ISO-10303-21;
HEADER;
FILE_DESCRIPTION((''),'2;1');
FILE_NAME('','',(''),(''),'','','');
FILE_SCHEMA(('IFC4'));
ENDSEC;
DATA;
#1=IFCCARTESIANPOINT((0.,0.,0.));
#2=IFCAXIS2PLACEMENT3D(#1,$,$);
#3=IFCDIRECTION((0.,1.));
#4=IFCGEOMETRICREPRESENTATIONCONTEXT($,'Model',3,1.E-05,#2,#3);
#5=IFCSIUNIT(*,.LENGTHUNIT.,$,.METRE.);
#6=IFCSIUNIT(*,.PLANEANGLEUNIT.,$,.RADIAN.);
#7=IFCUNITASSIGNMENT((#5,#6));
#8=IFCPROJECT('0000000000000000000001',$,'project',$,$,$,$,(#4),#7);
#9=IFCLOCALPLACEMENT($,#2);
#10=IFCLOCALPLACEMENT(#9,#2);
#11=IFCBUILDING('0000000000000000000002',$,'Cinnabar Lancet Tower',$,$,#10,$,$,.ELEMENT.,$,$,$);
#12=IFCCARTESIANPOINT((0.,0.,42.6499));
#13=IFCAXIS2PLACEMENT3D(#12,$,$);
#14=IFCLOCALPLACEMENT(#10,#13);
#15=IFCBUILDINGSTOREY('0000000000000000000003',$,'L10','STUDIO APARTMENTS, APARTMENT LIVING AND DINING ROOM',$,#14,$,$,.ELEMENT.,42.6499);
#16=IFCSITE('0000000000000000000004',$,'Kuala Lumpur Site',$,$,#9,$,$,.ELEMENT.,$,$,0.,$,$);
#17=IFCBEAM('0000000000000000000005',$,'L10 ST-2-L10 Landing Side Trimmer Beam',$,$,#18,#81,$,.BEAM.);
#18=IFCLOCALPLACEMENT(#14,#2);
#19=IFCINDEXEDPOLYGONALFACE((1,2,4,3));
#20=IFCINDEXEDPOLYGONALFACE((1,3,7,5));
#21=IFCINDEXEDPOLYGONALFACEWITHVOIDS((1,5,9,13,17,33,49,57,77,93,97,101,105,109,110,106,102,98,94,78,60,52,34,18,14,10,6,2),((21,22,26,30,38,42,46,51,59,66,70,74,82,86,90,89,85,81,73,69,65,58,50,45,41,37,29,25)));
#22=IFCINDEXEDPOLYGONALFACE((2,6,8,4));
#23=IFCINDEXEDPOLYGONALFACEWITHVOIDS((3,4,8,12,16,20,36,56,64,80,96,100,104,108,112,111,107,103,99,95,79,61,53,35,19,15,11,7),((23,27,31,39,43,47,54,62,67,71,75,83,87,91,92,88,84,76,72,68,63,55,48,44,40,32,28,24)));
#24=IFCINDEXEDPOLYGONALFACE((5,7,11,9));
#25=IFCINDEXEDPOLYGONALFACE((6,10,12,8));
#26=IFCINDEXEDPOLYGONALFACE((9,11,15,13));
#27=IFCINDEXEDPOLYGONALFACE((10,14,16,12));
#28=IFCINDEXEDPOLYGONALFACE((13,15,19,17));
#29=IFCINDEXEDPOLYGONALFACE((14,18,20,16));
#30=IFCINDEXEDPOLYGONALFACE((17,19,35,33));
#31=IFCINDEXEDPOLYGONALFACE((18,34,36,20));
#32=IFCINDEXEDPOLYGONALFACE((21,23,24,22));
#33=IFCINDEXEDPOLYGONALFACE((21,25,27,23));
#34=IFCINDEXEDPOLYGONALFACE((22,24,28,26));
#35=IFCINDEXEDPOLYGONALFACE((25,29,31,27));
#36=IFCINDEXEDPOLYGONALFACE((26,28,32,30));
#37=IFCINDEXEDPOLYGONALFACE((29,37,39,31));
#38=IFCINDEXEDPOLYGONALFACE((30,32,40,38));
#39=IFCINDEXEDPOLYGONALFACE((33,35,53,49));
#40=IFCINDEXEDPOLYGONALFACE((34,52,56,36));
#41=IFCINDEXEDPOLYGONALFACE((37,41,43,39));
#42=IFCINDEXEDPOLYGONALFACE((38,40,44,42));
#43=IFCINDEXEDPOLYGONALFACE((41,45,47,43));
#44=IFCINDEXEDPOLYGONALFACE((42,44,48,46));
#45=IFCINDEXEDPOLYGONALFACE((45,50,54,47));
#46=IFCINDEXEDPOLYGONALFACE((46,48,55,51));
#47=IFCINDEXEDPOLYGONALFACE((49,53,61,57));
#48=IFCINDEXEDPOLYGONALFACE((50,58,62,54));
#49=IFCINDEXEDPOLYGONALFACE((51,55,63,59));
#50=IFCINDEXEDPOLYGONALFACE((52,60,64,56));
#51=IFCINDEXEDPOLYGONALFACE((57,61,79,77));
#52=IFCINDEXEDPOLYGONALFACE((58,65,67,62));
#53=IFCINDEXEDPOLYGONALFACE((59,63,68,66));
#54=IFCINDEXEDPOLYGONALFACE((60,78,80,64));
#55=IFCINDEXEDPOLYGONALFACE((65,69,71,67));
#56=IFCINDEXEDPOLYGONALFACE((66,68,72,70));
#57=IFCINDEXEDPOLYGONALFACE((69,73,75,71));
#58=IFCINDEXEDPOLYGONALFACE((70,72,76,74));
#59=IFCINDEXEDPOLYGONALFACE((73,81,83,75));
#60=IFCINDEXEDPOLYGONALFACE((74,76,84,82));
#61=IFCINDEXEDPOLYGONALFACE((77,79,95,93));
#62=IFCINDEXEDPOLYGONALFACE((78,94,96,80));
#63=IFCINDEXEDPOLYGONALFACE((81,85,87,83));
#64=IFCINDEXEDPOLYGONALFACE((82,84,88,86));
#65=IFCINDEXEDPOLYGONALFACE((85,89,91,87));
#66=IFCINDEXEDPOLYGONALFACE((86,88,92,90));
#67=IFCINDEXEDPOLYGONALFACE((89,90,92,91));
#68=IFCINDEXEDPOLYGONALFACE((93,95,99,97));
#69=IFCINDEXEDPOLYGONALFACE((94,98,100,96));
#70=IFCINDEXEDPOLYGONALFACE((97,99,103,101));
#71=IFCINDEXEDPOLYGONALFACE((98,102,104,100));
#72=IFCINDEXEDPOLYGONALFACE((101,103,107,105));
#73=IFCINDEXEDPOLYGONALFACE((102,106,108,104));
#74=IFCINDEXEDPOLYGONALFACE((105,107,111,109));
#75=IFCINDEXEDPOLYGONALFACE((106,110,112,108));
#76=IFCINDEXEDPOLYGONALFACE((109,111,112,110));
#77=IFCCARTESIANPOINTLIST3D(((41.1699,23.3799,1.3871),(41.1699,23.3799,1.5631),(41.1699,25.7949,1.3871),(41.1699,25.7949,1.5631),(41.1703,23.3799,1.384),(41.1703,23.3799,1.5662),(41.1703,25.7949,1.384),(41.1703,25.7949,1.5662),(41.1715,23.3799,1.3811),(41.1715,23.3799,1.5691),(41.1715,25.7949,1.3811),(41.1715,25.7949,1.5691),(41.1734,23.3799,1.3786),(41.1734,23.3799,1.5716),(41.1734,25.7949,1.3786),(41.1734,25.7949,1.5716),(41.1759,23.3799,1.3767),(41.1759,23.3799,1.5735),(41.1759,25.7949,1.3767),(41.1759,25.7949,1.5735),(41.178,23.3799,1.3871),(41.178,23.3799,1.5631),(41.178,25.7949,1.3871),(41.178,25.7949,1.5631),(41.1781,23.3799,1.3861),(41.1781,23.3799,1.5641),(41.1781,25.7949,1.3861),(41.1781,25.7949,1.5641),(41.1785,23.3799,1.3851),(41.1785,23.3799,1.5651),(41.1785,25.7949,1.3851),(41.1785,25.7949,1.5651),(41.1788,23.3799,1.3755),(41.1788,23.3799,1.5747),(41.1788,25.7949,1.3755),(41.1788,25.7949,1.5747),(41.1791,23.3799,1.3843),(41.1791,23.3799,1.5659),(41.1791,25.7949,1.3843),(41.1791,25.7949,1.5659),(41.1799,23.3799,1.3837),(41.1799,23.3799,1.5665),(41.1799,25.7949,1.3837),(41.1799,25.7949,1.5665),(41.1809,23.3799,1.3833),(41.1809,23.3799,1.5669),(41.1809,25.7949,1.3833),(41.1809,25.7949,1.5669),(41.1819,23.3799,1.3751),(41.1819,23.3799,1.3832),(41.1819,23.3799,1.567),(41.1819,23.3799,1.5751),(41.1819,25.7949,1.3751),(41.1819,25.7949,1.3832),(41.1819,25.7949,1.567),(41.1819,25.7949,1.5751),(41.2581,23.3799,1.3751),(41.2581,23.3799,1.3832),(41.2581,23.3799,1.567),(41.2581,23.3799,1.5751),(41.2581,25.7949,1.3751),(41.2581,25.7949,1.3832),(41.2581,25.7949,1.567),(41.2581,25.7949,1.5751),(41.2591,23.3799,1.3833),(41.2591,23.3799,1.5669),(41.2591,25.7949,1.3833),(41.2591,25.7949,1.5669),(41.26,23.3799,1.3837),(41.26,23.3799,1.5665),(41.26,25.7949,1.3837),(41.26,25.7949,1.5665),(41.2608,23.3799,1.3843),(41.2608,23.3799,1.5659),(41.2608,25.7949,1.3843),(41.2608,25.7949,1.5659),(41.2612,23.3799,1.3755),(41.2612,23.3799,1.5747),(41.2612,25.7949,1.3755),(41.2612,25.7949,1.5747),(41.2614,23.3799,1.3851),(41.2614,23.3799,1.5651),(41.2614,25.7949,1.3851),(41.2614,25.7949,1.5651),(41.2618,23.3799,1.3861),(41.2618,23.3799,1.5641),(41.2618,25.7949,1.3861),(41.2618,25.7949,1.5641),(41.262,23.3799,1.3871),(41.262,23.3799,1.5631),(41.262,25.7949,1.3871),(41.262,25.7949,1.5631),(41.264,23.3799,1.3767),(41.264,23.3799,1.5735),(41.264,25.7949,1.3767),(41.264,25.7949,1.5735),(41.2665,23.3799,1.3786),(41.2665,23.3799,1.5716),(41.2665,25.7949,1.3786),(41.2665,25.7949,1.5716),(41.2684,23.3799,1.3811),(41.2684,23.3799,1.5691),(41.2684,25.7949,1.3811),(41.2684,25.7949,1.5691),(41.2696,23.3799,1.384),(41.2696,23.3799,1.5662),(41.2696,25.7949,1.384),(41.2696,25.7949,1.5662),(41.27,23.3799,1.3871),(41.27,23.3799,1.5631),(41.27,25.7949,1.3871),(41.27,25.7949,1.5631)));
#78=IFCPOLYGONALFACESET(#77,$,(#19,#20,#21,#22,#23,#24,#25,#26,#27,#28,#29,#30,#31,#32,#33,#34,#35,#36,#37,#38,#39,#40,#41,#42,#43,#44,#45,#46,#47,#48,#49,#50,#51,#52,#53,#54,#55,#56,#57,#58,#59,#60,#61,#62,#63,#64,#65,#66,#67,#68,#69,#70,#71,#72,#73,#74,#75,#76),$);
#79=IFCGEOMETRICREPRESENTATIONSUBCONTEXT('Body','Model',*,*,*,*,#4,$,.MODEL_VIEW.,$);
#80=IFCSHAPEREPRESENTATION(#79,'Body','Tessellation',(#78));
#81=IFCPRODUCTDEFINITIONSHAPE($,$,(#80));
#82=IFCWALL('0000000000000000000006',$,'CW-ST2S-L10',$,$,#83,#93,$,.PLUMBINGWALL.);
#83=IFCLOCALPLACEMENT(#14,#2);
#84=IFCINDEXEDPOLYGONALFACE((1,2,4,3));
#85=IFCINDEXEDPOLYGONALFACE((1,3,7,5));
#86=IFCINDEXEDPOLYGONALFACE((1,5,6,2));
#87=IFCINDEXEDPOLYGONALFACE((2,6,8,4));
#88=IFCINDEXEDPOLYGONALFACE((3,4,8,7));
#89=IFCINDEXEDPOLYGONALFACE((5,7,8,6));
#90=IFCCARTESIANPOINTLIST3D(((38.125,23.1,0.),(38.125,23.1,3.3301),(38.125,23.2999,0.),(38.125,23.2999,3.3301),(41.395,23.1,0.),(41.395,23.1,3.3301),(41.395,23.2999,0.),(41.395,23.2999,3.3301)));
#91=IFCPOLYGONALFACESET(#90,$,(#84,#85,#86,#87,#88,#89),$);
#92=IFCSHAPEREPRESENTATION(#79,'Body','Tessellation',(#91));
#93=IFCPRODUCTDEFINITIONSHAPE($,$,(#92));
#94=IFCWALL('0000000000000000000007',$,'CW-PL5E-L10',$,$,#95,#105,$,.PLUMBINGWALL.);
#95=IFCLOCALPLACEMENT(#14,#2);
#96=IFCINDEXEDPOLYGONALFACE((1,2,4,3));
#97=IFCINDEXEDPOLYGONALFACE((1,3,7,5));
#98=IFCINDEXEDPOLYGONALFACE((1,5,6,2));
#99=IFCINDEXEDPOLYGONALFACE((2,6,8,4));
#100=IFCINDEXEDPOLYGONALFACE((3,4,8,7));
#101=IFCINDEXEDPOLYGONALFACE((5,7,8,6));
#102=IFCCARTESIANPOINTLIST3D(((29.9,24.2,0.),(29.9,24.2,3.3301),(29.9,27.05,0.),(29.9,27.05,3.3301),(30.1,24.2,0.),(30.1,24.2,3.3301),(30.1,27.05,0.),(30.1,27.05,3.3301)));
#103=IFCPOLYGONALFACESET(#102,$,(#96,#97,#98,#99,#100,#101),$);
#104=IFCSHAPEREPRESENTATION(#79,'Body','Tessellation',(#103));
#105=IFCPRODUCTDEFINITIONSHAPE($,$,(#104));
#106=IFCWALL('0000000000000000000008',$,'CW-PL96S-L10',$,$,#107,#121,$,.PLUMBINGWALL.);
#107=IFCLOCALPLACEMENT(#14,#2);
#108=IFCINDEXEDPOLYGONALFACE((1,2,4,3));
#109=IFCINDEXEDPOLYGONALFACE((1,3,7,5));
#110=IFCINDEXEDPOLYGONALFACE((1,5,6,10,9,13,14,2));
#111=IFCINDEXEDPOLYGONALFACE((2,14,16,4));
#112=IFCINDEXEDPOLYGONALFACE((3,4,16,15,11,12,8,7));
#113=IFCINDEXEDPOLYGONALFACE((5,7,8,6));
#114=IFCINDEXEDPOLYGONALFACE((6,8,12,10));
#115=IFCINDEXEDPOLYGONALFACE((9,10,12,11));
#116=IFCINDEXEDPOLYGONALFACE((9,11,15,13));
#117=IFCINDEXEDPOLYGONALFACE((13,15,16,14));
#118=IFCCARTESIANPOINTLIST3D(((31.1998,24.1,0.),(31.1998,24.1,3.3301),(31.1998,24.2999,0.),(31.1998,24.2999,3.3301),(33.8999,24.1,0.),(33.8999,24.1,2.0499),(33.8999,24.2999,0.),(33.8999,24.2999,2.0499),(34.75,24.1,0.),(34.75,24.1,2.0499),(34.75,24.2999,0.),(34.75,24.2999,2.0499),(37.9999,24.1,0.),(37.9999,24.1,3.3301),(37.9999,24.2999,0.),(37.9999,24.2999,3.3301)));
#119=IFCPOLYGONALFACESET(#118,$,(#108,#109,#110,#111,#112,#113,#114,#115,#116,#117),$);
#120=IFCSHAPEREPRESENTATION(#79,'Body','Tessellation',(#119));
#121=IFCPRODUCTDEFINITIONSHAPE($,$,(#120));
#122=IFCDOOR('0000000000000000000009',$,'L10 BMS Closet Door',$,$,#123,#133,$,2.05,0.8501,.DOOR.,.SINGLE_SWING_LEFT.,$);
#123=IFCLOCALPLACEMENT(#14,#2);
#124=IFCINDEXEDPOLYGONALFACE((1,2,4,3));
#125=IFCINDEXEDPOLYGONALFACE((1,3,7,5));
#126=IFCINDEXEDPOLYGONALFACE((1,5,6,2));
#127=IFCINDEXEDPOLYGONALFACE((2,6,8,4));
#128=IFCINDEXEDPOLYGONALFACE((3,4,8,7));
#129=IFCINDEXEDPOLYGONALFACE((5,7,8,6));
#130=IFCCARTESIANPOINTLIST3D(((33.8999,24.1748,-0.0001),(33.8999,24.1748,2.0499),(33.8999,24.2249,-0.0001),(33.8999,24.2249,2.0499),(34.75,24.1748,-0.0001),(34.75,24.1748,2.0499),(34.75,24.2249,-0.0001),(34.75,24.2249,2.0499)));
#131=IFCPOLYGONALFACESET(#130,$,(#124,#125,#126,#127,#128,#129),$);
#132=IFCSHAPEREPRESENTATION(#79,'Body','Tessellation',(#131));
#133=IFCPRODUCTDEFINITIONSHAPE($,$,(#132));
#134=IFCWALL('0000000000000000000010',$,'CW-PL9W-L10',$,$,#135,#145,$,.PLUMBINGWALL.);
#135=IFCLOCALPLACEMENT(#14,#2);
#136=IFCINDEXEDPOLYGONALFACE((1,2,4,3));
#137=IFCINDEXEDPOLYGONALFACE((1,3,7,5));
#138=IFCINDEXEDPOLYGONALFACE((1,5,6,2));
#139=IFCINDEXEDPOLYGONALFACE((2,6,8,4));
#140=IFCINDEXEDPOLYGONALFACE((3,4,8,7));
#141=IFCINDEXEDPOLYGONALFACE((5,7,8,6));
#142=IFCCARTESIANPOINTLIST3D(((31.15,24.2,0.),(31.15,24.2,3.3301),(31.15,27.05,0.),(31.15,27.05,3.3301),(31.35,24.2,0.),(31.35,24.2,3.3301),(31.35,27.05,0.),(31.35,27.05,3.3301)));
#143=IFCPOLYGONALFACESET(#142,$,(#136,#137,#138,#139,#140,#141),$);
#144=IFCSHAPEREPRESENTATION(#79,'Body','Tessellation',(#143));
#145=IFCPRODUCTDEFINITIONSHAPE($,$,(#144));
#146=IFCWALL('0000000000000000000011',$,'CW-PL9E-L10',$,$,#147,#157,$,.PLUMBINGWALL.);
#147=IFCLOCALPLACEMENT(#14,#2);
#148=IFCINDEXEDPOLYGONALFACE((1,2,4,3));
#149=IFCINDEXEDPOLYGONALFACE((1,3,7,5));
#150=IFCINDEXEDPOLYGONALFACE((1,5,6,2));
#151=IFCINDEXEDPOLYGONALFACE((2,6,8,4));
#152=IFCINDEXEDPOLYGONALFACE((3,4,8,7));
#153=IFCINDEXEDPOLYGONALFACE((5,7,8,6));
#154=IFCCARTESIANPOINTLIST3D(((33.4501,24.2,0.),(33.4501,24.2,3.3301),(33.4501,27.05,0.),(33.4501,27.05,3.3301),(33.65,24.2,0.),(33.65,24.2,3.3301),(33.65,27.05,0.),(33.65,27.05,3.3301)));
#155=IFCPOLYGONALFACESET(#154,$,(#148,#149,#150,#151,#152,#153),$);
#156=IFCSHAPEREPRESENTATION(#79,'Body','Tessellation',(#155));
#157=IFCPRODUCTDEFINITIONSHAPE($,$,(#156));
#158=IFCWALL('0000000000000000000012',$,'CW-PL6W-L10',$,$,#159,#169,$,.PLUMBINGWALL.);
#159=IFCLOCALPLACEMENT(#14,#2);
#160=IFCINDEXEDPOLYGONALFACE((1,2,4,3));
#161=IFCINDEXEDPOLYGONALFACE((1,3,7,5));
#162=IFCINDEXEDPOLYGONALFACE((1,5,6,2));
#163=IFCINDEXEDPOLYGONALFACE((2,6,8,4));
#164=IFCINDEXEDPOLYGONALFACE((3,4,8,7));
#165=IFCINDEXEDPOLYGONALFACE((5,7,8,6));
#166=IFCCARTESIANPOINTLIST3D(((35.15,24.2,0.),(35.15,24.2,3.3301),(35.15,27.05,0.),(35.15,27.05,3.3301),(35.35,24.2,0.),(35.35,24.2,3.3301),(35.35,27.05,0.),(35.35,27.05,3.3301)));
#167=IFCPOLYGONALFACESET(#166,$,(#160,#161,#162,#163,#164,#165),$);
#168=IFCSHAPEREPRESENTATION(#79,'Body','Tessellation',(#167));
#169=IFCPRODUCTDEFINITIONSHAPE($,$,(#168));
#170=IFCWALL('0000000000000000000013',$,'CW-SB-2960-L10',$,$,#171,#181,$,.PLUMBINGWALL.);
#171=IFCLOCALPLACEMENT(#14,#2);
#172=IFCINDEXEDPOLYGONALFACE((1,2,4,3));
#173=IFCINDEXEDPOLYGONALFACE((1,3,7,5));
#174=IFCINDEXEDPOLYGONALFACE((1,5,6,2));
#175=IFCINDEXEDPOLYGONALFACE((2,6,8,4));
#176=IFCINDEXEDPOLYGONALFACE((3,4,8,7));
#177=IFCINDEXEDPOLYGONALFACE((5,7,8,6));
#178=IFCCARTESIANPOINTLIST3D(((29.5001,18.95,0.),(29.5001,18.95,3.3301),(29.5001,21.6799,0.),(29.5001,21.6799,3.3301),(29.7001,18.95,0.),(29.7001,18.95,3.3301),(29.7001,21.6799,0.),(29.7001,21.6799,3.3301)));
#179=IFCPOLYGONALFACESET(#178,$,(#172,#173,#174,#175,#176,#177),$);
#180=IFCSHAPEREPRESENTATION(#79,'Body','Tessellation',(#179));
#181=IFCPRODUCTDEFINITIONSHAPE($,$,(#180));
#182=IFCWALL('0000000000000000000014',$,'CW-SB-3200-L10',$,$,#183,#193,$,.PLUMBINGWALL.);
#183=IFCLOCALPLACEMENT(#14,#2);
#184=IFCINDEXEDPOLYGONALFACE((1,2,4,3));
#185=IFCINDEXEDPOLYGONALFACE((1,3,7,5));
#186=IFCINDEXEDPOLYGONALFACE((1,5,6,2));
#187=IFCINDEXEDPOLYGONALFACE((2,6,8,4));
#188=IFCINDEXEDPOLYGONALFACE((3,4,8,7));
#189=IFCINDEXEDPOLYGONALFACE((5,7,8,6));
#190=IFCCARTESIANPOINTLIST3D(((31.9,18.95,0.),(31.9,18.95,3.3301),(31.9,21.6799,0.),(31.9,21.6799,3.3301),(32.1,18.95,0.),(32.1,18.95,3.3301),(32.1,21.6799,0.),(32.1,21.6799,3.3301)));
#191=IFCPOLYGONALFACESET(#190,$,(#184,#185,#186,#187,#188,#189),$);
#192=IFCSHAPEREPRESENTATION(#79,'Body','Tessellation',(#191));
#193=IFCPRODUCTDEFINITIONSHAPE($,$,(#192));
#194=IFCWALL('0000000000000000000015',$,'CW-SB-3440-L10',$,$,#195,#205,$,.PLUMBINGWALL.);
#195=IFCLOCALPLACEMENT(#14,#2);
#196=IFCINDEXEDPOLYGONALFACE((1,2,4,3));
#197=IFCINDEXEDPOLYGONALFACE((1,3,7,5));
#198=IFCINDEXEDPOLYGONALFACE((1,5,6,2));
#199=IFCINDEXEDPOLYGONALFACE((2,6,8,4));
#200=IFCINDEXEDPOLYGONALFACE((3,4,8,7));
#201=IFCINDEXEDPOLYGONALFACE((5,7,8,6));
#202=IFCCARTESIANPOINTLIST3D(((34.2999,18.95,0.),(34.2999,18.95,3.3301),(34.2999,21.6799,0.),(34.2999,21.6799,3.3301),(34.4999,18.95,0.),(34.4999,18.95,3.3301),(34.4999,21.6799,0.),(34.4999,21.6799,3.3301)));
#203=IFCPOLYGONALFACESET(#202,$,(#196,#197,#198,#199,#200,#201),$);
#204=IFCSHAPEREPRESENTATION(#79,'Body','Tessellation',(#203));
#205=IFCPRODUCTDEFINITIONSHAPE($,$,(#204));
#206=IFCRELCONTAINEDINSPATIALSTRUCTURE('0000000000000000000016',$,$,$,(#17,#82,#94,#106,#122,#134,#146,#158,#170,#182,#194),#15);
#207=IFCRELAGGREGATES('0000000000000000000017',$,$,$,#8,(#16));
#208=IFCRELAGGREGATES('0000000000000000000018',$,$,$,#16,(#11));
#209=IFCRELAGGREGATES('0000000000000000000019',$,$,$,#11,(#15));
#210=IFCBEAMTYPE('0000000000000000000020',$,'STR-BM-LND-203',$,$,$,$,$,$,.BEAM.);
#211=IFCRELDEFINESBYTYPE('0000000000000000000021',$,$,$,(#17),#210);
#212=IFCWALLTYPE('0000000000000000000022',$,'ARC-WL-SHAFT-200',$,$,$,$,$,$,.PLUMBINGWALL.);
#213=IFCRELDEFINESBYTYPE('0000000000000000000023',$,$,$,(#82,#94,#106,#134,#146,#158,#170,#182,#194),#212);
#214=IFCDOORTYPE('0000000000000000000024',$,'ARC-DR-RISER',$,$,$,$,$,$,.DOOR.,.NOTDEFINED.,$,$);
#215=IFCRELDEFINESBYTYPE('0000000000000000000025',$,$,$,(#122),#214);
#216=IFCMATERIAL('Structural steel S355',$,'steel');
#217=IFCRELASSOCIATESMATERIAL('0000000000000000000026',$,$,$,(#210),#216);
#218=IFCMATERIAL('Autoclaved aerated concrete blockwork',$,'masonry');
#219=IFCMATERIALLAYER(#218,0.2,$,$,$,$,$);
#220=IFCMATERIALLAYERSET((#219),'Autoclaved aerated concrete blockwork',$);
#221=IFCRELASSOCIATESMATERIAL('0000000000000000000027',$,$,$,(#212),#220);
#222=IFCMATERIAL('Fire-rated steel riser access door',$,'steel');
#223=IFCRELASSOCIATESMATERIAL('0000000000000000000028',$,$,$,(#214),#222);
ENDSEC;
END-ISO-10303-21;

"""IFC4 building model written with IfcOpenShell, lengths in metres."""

from ifc_helpers import new_model, si_unit, direction, frame, frame_2d, origin, origin_2d, place, context, subcontext, project, spatial, rectangle, hollow_rectangle, extrude, material, layer, layer_set, material_profile, profile_set, type_object, element, fill, save


model = new_model("IFC4")

# Units and contexts
model_context = context("Model", 3, precision=1e-05, world=origin(), true_north=direction((0.0, 1.0)))
body_context = subcontext(model_context, "Body", "Model", "MODEL_VIEW")
ifc_project = project(units=[si_unit("LENGTHUNIT", "METRE"), si_unit("PLANEANGLEUNIT", "RADIAN")], contexts=[model_context])

# Site, building, storey
site_placement = place(None, origin())
site = spatial("IfcSite", under=ifc_project, at=site_placement, Name="Kuala Lumpur Site", CompositionType="ELEMENT", RefElevation=0.0)
building_placement = place(site_placement, origin())
building = spatial("IfcBuilding", under=site, at=building_placement, Name="Cinnabar Lancet Tower", CompositionType="ELEMENT")
storey_placement = place(building_placement, frame((0.0, 0.0, 42.6499)))
storey = spatial("IfcBuildingStorey", under=building, at=storey_placement, Name="L10", Description="STUDIO APARTMENTS, APARTMENT LIVING AND DINING ROOM", CompositionType="ELEMENT", Elevation=42.6499)

# Beam
ifc_material_1 = material(Name="Structural steel S355", Category="steel")
ifc_material_profile_1 = material_profile(ifc_material_1, hollow_rectangle(XDim=0.1001, YDim=0.2, WallThickness=0.0081, InnerFilletRadius=0.0039, OuterFilletRadius=0.012, at=origin_2d()), Name="RHS 200x100x8")
ifc_profile_set_1 = profile_set([ifc_material_profile_1], Name="Structural steel S355")
beam_type = type_object("IfcBeamType", Name="STR-BM-LND-203", PredefinedType="BEAM", material=ifc_profile_set_1)
beam_placement = place(storey_placement, frame((41.22, 23.3799, 1.4751), z_axis=(0.0, 1.0, 0.0), x_axis=(-1.0, 0.0, 0.0)))
element("IfcBeam", 1, at=beam_placement, inside=storey, type_object=beam_type, Name="L10 ST-2-L10 Landing Side Trimmer Beam", PredefinedType="BEAM", context=body_context, shape_type="SweptSolid", body=[
    extrude(hollow_rectangle(XDim=0.1001, YDim=0.2, WallThickness=0.0081, InnerFilletRadius=0.0039, OuterFilletRadius=0.012, at=origin_2d()), origin(), (0.0, 0.0, 1.0), 2.415),
])

# Walls
ifc_material_2 = material(Name="Autoclaved aerated concrete blockwork", Category="masonry")
ifc_layer_1 = layer(ifc_material_2, 0.2)
ifc_layer_set_1 = layer_set([ifc_layer_1], Name="Autoclaved aerated concrete blockwork")
wall_type_1 = type_object("IfcWallType", Name="ARC-WL-SHAFT-200", PredefinedType="PLUMBINGWALL", material=ifc_layer_set_1)
wall_1_placement = place(storey_placement, frame((38.125, 23.2, 0.0), z_axis=(0.0, 0.0, 1.0), x_axis=(1.0, 0.0, 0.0)))
element("IfcWall", 2, at=wall_1_placement, inside=storey, type_object=wall_type_1, Name="CW-ST2S-L10", PredefinedType="PLUMBINGWALL", context=body_context, shape_type="SweptSolid", body=[
    extrude(rectangle(XDim=3.27, YDim=0.2, at=frame_2d((1.635, 0.0))), origin(), (0.0, 0.0, 1.0), 3.3301),
])
wall_2_placement = place(storey_placement, frame((30.0, 24.2, 0.0), z_axis=(0.0, 0.0, 1.0), x_axis=(0.0, 1.0, 0.0)))
element("IfcWall", 3, at=wall_2_placement, inside=storey, type_object=wall_type_1, Name="CW-PL5E-L10", PredefinedType="PLUMBINGWALL", context=body_context, shape_type="SweptSolid", body=[
    extrude(rectangle(XDim=2.8501, YDim=0.2, at=frame_2d((1.425, 0.0))), origin(), (0.0, 0.0, 1.0), 3.3301),
])

# Wall, opening, door
wall_3_placement = place(storey_placement, frame((31.2, 24.2, 0.0), z_axis=(0.0, 0.0, 1.0), x_axis=(1.0, 0.0, 0.0)))
wall_3 = element("IfcWall", 4, at=wall_3_placement, inside=storey, type_object=wall_type_1, Name="CW-PL96S-L10", PredefinedType="PLUMBINGWALL", context=body_context, shape_type="SweptSolid", body=[
    extrude(rectangle(XDim=6.8, YDim=0.2, at=frame_2d((3.3999, 0.0))), origin(), (0.0, 0.0, 1.0), 3.3301),
])
opening_1_placement = place(wall_3_placement, frame((2.7, 0.0, 0.0)))
opening_1 = element("IfcOpeningElement", 5, at=opening_1_placement, cuts=wall_3, PredefinedType="OPENING", context=body_context, shape_type="SweptSolid", body=[
    extrude(rectangle(XDim=0.8501, YDim=2.05, at=frame_2d((0.425, 1.0249))), frame((0.0, 0.1099, 0.0), z_axis=(0.0, -1.0, 0.0), x_axis=(1.0, 0.0, 0.0)), (0.0, 0.0, 1.0), 0.22),
])
ifc_material_3 = material(Name="Fire-rated steel riser access door", Category="steel")
door_type_1 = type_object("IfcDoorType", Name="ARC-DR-RISER", OperationType="NOTDEFINED", PredefinedType="DOOR", material=ifc_material_3)
door_1_placement = place(opening_1_placement, origin())
door_1 = element("IfcDoor", 6, at=door_1_placement, inside=storey, type_object=door_type_1, Name="L10 BMS Closet Door", OperationType="SINGLE_SWING_LEFT", OverallHeight=2.05, OverallWidth=0.8501, PredefinedType="DOOR", context=body_context, shape_type="SweptSolid", body=[
    extrude(rectangle(XDim=0.8501, YDim=2.05, at=frame_2d((0.425, 1.0249))), frame((0.0, 0.0249, 0.0), z_axis=(0.0, -1.0, 0.0), x_axis=(1.0, 0.0, 0.0)), (0.0, 0.0, 1.0), 0.05),
])
fill(opening_1, door_1)

# Walls
for number, where, z_axis, x_axis, name in (
    (7, (31.25, 24.2, 0.0), (0.0, 0.0, 1.0), (0.0, 1.0, 0.0), "CW-PL9W-L10"),
    (8, (33.55, 24.2, 0.0), (0.0, 0.0, 1.0), (0.0, 1.0, 0.0), "CW-PL9E-L10"),
    (9, (35.25, 24.2, 0.0), (0.0, 0.0, 1.0), (0.0, 1.0, 0.0), "CW-PL6W-L10"),
):
    element("IfcWall", number, at=place(storey_placement, frame(where, z_axis=z_axis, x_axis=x_axis)), inside=storey, type_object=wall_type_1, Name=name, PredefinedType="PLUMBINGWALL", context=body_context, shape_type="SweptSolid", body=[
        extrude(rectangle(XDim=2.8501, YDim=0.2, at=frame_2d((1.425, 0.0))), origin(), (0.0, 0.0, 1.0), 3.3301),
    ])
for number, where, z_axis, x_axis, name in (
    (10, (29.6001, 18.95, 0.0), (0.0, 0.0, 1.0), (0.0, 1.0, 0.0), "CW-SB-2960-L10"),
    (11, (32.0, 18.95, 0.0), (0.0, 0.0, 1.0), (0.0, 1.0, 0.0), "CW-SB-3200-L10"),
    (12, (34.3999, 18.95, 0.0), (0.0, 0.0, 1.0), (0.0, 1.0, 0.0), "CW-SB-3440-L10"),
):
    element("IfcWall", number, at=place(storey_placement, frame(where, z_axis=z_axis, x_axis=x_axis)), inside=storey, type_object=wall_type_1, Name=name, PredefinedType="PLUMBINGWALL", context=body_context, shape_type="SweptSolid", body=[
        extrude(rectangle(XDim=2.73, YDim=0.2, at=frame_2d((1.365, 0.0))), origin(), (0.0, 0.0, 1.0), 3.3301),
    ])

save(model, "model.ifc")
